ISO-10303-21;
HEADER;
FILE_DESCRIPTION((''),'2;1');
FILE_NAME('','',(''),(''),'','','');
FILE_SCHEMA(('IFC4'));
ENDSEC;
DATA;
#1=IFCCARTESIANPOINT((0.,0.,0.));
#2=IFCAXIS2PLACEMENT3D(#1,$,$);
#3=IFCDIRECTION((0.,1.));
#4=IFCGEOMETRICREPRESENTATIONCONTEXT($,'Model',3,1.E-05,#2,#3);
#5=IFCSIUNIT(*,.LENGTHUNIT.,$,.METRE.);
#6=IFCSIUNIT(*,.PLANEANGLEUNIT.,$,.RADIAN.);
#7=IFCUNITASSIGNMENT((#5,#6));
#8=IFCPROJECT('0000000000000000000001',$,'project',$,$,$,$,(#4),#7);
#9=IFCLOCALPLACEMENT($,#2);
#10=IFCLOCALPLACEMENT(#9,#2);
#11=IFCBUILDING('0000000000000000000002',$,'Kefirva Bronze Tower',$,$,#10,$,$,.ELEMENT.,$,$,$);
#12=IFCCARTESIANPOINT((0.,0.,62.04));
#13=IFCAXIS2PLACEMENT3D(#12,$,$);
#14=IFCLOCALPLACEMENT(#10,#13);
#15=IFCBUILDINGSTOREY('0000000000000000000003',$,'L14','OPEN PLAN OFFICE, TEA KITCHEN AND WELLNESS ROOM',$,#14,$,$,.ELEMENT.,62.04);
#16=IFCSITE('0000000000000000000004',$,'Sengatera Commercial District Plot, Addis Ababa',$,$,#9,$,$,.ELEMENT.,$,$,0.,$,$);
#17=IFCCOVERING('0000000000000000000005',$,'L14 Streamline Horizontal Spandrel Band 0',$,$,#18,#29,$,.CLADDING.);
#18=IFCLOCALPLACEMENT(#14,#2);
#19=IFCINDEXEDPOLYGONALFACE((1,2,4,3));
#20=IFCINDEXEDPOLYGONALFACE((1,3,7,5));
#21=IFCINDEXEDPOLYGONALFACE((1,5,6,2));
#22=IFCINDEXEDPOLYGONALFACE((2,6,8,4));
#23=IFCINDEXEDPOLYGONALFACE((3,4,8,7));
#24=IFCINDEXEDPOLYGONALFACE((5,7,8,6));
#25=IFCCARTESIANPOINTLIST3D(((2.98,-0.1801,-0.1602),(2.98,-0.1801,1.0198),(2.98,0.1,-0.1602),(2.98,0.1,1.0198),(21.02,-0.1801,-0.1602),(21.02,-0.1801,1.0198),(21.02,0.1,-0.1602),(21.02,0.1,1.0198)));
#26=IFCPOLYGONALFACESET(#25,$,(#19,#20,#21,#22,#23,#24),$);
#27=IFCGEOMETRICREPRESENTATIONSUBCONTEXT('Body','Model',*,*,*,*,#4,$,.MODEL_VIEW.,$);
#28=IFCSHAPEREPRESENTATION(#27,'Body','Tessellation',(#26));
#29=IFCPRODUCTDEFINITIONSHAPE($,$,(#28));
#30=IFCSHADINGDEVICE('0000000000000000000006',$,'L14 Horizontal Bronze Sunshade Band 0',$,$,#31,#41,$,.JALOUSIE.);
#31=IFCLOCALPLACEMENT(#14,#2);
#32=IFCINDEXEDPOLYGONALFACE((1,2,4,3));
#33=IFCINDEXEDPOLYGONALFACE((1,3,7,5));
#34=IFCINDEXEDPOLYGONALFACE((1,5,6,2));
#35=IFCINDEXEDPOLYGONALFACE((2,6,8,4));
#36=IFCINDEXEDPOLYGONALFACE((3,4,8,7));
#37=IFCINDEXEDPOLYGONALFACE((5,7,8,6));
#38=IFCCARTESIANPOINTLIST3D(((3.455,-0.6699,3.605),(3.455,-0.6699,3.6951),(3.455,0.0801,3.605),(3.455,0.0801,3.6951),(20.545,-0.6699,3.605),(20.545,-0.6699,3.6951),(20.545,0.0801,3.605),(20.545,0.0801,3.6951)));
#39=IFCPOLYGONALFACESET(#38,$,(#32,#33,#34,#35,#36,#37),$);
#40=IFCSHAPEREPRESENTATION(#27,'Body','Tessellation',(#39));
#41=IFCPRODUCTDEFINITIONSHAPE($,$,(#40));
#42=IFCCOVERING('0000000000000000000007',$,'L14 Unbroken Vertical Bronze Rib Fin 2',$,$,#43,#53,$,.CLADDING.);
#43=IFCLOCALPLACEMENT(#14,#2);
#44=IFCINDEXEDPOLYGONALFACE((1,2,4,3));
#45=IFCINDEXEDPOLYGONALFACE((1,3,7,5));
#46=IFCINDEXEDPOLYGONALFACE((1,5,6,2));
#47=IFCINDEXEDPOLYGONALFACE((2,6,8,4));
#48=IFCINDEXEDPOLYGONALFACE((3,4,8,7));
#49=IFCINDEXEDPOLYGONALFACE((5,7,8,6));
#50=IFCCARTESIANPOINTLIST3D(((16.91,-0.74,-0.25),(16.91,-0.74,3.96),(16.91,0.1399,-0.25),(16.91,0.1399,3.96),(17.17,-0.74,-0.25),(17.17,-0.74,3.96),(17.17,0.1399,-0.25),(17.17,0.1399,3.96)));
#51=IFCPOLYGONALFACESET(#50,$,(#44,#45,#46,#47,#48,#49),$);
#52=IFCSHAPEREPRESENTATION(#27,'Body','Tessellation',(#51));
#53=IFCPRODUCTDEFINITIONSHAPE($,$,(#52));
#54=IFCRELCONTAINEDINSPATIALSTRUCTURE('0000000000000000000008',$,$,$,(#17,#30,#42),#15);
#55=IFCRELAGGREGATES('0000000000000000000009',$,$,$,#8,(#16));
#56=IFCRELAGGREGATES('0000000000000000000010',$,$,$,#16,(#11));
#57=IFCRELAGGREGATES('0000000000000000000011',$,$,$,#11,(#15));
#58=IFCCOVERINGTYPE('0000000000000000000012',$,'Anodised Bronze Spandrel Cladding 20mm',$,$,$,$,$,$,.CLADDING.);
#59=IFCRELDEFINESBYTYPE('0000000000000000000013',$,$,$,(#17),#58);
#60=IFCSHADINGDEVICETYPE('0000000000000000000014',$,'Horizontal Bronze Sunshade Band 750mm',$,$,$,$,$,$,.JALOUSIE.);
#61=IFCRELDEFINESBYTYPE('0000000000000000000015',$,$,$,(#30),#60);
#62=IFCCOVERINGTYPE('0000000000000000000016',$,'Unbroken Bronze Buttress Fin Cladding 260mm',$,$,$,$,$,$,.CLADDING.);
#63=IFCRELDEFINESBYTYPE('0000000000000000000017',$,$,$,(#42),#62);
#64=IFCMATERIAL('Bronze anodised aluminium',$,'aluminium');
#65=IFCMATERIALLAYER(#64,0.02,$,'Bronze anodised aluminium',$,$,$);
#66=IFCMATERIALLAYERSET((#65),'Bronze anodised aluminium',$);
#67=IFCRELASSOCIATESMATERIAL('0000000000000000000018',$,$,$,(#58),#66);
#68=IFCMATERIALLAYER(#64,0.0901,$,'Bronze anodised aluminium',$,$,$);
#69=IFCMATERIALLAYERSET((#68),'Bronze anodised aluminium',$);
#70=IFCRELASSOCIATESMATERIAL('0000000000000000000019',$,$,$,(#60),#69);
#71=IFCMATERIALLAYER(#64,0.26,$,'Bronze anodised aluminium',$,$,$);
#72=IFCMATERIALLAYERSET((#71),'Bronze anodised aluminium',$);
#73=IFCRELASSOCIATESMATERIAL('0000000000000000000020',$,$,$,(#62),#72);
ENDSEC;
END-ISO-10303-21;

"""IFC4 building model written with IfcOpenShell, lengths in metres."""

from ifc_helpers import new_model, si_unit, direction, frame, origin, origin_2d, place, context, subcontext, project, spatial, rectangle, extrude, material, layer, layer_set, type_object, element, save


model = new_model("IFC4")

# Units and contexts
model_context = context("Model", 3, precision=1e-05, world=origin(), true_north=direction((0.0, 1.0)))
body_context = subcontext(model_context, "Body", "Model", "MODEL_VIEW")
ifc_project = project(units=[si_unit("LENGTHUNIT", "METRE"), si_unit("PLANEANGLEUNIT", "RADIAN")], contexts=[model_context])

# Site, building, storey
site_placement = place(None, origin())
site = spatial("IfcSite", under=ifc_project, at=site_placement, Name="Sengatera Commercial District Plot, Addis Ababa", CompositionType="ELEMENT", RefElevation=0.0)
building_placement = place(site_placement, origin())
building = spatial("IfcBuilding", under=site, at=building_placement, Name="Kefirva Bronze Tower", CompositionType="ELEMENT")
storey_placement = place(building_placement, frame((0.0, 0.0, 62.04)))
storey = spatial("IfcBuildingStorey", under=building, at=storey_placement, Name="L14", Description="OPEN PLAN OFFICE, TEA KITCHEN AND WELLNESS ROOM", CompositionType="ELEMENT", Elevation=62.04)

# Shared definitions
ifc_material_1 = material(Name="Bronze anodised aluminium", Category="aluminium")

# Covering
ifc_layer_1 = layer(ifc_material_1, 0.02, Name="Bronze anodised aluminium")
ifc_layer_set_1 = layer_set([ifc_layer_1], Name="Bronze anodised aluminium")
covering_type_1 = type_object("IfcCoveringType", Name="Anodised Bronze Spandrel Cladding 20mm", PredefinedType="CLADDING", material=ifc_layer_set_1)
covering_1_placement = place(storey_placement, frame((12.0, -0.04, -0.1602), z_axis=(0.0, 0.0, 1.0), x_axis=(1.0, 0.0, 0.0)))
element("IfcCovering", 1, at=covering_1_placement, inside=storey, type_object=covering_type_1, Name="L14 Streamline Horizontal Spandrel Band 0", PredefinedType="CLADDING", context=body_context, shape_type="SweptSolid", body=[
    extrude(rectangle(XDim=18.04, YDim=0.28, at=origin_2d()), origin(), (0.0, 0.0, 1.0), 1.1799),
])

# Shading device
ifc_layer_2 = layer(ifc_material_1, 0.0901, Name="Bronze anodised aluminium")
ifc_layer_set_2 = layer_set([ifc_layer_2], Name="Bronze anodised aluminium")
shading_device_type = type_object("IfcShadingDeviceType", Name="Horizontal Bronze Sunshade Band 750mm", PredefinedType="JALOUSIE", material=ifc_layer_set_2)
shading_device_placement = place(storey_placement, frame((12.0, -0.2949, 3.605), z_axis=(0.0, 0.0, 1.0), x_axis=(1.0, 0.0, 0.0)))
element("IfcShadingDevice", 2, at=shading_device_placement, inside=storey, type_object=shading_device_type, Name="L14 Horizontal Bronze Sunshade Band 0", PredefinedType="JALOUSIE", context=body_context, shape_type="SweptSolid", body=[
    extrude(rectangle(XDim=17.0901, YDim=0.75, at=origin_2d()), origin(), (0.0, 0.0, 1.0), 0.0901),
])

# Covering
ifc_layer_3 = layer(ifc_material_1, 0.26, Name="Bronze anodised aluminium")
ifc_layer_set_3 = layer_set([ifc_layer_3], Name="Bronze anodised aluminium")
covering_type_2 = type_object("IfcCoveringType", Name="Unbroken Bronze Buttress Fin Cladding 260mm", PredefinedType="CLADDING", material=ifc_layer_set_3)
covering_2_placement = place(storey_placement, frame((17.04, -0.3, -0.25), z_axis=(0.0, 0.0, 1.0), x_axis=(1.0, 0.0, 0.0)))
element("IfcCovering", 3, at=covering_2_placement, inside=storey, type_object=covering_type_2, Name="L14 Unbroken Vertical Bronze Rib Fin 2", PredefinedType="CLADDING", context=body_context, shape_type="SweptSolid", body=[
    extrude(rectangle(XDim=0.26, YDim=0.8799, at=origin_2d()), origin(), (0.0, 0.0, 1.0), 4.21),
])

save(model, "model.ifc")
